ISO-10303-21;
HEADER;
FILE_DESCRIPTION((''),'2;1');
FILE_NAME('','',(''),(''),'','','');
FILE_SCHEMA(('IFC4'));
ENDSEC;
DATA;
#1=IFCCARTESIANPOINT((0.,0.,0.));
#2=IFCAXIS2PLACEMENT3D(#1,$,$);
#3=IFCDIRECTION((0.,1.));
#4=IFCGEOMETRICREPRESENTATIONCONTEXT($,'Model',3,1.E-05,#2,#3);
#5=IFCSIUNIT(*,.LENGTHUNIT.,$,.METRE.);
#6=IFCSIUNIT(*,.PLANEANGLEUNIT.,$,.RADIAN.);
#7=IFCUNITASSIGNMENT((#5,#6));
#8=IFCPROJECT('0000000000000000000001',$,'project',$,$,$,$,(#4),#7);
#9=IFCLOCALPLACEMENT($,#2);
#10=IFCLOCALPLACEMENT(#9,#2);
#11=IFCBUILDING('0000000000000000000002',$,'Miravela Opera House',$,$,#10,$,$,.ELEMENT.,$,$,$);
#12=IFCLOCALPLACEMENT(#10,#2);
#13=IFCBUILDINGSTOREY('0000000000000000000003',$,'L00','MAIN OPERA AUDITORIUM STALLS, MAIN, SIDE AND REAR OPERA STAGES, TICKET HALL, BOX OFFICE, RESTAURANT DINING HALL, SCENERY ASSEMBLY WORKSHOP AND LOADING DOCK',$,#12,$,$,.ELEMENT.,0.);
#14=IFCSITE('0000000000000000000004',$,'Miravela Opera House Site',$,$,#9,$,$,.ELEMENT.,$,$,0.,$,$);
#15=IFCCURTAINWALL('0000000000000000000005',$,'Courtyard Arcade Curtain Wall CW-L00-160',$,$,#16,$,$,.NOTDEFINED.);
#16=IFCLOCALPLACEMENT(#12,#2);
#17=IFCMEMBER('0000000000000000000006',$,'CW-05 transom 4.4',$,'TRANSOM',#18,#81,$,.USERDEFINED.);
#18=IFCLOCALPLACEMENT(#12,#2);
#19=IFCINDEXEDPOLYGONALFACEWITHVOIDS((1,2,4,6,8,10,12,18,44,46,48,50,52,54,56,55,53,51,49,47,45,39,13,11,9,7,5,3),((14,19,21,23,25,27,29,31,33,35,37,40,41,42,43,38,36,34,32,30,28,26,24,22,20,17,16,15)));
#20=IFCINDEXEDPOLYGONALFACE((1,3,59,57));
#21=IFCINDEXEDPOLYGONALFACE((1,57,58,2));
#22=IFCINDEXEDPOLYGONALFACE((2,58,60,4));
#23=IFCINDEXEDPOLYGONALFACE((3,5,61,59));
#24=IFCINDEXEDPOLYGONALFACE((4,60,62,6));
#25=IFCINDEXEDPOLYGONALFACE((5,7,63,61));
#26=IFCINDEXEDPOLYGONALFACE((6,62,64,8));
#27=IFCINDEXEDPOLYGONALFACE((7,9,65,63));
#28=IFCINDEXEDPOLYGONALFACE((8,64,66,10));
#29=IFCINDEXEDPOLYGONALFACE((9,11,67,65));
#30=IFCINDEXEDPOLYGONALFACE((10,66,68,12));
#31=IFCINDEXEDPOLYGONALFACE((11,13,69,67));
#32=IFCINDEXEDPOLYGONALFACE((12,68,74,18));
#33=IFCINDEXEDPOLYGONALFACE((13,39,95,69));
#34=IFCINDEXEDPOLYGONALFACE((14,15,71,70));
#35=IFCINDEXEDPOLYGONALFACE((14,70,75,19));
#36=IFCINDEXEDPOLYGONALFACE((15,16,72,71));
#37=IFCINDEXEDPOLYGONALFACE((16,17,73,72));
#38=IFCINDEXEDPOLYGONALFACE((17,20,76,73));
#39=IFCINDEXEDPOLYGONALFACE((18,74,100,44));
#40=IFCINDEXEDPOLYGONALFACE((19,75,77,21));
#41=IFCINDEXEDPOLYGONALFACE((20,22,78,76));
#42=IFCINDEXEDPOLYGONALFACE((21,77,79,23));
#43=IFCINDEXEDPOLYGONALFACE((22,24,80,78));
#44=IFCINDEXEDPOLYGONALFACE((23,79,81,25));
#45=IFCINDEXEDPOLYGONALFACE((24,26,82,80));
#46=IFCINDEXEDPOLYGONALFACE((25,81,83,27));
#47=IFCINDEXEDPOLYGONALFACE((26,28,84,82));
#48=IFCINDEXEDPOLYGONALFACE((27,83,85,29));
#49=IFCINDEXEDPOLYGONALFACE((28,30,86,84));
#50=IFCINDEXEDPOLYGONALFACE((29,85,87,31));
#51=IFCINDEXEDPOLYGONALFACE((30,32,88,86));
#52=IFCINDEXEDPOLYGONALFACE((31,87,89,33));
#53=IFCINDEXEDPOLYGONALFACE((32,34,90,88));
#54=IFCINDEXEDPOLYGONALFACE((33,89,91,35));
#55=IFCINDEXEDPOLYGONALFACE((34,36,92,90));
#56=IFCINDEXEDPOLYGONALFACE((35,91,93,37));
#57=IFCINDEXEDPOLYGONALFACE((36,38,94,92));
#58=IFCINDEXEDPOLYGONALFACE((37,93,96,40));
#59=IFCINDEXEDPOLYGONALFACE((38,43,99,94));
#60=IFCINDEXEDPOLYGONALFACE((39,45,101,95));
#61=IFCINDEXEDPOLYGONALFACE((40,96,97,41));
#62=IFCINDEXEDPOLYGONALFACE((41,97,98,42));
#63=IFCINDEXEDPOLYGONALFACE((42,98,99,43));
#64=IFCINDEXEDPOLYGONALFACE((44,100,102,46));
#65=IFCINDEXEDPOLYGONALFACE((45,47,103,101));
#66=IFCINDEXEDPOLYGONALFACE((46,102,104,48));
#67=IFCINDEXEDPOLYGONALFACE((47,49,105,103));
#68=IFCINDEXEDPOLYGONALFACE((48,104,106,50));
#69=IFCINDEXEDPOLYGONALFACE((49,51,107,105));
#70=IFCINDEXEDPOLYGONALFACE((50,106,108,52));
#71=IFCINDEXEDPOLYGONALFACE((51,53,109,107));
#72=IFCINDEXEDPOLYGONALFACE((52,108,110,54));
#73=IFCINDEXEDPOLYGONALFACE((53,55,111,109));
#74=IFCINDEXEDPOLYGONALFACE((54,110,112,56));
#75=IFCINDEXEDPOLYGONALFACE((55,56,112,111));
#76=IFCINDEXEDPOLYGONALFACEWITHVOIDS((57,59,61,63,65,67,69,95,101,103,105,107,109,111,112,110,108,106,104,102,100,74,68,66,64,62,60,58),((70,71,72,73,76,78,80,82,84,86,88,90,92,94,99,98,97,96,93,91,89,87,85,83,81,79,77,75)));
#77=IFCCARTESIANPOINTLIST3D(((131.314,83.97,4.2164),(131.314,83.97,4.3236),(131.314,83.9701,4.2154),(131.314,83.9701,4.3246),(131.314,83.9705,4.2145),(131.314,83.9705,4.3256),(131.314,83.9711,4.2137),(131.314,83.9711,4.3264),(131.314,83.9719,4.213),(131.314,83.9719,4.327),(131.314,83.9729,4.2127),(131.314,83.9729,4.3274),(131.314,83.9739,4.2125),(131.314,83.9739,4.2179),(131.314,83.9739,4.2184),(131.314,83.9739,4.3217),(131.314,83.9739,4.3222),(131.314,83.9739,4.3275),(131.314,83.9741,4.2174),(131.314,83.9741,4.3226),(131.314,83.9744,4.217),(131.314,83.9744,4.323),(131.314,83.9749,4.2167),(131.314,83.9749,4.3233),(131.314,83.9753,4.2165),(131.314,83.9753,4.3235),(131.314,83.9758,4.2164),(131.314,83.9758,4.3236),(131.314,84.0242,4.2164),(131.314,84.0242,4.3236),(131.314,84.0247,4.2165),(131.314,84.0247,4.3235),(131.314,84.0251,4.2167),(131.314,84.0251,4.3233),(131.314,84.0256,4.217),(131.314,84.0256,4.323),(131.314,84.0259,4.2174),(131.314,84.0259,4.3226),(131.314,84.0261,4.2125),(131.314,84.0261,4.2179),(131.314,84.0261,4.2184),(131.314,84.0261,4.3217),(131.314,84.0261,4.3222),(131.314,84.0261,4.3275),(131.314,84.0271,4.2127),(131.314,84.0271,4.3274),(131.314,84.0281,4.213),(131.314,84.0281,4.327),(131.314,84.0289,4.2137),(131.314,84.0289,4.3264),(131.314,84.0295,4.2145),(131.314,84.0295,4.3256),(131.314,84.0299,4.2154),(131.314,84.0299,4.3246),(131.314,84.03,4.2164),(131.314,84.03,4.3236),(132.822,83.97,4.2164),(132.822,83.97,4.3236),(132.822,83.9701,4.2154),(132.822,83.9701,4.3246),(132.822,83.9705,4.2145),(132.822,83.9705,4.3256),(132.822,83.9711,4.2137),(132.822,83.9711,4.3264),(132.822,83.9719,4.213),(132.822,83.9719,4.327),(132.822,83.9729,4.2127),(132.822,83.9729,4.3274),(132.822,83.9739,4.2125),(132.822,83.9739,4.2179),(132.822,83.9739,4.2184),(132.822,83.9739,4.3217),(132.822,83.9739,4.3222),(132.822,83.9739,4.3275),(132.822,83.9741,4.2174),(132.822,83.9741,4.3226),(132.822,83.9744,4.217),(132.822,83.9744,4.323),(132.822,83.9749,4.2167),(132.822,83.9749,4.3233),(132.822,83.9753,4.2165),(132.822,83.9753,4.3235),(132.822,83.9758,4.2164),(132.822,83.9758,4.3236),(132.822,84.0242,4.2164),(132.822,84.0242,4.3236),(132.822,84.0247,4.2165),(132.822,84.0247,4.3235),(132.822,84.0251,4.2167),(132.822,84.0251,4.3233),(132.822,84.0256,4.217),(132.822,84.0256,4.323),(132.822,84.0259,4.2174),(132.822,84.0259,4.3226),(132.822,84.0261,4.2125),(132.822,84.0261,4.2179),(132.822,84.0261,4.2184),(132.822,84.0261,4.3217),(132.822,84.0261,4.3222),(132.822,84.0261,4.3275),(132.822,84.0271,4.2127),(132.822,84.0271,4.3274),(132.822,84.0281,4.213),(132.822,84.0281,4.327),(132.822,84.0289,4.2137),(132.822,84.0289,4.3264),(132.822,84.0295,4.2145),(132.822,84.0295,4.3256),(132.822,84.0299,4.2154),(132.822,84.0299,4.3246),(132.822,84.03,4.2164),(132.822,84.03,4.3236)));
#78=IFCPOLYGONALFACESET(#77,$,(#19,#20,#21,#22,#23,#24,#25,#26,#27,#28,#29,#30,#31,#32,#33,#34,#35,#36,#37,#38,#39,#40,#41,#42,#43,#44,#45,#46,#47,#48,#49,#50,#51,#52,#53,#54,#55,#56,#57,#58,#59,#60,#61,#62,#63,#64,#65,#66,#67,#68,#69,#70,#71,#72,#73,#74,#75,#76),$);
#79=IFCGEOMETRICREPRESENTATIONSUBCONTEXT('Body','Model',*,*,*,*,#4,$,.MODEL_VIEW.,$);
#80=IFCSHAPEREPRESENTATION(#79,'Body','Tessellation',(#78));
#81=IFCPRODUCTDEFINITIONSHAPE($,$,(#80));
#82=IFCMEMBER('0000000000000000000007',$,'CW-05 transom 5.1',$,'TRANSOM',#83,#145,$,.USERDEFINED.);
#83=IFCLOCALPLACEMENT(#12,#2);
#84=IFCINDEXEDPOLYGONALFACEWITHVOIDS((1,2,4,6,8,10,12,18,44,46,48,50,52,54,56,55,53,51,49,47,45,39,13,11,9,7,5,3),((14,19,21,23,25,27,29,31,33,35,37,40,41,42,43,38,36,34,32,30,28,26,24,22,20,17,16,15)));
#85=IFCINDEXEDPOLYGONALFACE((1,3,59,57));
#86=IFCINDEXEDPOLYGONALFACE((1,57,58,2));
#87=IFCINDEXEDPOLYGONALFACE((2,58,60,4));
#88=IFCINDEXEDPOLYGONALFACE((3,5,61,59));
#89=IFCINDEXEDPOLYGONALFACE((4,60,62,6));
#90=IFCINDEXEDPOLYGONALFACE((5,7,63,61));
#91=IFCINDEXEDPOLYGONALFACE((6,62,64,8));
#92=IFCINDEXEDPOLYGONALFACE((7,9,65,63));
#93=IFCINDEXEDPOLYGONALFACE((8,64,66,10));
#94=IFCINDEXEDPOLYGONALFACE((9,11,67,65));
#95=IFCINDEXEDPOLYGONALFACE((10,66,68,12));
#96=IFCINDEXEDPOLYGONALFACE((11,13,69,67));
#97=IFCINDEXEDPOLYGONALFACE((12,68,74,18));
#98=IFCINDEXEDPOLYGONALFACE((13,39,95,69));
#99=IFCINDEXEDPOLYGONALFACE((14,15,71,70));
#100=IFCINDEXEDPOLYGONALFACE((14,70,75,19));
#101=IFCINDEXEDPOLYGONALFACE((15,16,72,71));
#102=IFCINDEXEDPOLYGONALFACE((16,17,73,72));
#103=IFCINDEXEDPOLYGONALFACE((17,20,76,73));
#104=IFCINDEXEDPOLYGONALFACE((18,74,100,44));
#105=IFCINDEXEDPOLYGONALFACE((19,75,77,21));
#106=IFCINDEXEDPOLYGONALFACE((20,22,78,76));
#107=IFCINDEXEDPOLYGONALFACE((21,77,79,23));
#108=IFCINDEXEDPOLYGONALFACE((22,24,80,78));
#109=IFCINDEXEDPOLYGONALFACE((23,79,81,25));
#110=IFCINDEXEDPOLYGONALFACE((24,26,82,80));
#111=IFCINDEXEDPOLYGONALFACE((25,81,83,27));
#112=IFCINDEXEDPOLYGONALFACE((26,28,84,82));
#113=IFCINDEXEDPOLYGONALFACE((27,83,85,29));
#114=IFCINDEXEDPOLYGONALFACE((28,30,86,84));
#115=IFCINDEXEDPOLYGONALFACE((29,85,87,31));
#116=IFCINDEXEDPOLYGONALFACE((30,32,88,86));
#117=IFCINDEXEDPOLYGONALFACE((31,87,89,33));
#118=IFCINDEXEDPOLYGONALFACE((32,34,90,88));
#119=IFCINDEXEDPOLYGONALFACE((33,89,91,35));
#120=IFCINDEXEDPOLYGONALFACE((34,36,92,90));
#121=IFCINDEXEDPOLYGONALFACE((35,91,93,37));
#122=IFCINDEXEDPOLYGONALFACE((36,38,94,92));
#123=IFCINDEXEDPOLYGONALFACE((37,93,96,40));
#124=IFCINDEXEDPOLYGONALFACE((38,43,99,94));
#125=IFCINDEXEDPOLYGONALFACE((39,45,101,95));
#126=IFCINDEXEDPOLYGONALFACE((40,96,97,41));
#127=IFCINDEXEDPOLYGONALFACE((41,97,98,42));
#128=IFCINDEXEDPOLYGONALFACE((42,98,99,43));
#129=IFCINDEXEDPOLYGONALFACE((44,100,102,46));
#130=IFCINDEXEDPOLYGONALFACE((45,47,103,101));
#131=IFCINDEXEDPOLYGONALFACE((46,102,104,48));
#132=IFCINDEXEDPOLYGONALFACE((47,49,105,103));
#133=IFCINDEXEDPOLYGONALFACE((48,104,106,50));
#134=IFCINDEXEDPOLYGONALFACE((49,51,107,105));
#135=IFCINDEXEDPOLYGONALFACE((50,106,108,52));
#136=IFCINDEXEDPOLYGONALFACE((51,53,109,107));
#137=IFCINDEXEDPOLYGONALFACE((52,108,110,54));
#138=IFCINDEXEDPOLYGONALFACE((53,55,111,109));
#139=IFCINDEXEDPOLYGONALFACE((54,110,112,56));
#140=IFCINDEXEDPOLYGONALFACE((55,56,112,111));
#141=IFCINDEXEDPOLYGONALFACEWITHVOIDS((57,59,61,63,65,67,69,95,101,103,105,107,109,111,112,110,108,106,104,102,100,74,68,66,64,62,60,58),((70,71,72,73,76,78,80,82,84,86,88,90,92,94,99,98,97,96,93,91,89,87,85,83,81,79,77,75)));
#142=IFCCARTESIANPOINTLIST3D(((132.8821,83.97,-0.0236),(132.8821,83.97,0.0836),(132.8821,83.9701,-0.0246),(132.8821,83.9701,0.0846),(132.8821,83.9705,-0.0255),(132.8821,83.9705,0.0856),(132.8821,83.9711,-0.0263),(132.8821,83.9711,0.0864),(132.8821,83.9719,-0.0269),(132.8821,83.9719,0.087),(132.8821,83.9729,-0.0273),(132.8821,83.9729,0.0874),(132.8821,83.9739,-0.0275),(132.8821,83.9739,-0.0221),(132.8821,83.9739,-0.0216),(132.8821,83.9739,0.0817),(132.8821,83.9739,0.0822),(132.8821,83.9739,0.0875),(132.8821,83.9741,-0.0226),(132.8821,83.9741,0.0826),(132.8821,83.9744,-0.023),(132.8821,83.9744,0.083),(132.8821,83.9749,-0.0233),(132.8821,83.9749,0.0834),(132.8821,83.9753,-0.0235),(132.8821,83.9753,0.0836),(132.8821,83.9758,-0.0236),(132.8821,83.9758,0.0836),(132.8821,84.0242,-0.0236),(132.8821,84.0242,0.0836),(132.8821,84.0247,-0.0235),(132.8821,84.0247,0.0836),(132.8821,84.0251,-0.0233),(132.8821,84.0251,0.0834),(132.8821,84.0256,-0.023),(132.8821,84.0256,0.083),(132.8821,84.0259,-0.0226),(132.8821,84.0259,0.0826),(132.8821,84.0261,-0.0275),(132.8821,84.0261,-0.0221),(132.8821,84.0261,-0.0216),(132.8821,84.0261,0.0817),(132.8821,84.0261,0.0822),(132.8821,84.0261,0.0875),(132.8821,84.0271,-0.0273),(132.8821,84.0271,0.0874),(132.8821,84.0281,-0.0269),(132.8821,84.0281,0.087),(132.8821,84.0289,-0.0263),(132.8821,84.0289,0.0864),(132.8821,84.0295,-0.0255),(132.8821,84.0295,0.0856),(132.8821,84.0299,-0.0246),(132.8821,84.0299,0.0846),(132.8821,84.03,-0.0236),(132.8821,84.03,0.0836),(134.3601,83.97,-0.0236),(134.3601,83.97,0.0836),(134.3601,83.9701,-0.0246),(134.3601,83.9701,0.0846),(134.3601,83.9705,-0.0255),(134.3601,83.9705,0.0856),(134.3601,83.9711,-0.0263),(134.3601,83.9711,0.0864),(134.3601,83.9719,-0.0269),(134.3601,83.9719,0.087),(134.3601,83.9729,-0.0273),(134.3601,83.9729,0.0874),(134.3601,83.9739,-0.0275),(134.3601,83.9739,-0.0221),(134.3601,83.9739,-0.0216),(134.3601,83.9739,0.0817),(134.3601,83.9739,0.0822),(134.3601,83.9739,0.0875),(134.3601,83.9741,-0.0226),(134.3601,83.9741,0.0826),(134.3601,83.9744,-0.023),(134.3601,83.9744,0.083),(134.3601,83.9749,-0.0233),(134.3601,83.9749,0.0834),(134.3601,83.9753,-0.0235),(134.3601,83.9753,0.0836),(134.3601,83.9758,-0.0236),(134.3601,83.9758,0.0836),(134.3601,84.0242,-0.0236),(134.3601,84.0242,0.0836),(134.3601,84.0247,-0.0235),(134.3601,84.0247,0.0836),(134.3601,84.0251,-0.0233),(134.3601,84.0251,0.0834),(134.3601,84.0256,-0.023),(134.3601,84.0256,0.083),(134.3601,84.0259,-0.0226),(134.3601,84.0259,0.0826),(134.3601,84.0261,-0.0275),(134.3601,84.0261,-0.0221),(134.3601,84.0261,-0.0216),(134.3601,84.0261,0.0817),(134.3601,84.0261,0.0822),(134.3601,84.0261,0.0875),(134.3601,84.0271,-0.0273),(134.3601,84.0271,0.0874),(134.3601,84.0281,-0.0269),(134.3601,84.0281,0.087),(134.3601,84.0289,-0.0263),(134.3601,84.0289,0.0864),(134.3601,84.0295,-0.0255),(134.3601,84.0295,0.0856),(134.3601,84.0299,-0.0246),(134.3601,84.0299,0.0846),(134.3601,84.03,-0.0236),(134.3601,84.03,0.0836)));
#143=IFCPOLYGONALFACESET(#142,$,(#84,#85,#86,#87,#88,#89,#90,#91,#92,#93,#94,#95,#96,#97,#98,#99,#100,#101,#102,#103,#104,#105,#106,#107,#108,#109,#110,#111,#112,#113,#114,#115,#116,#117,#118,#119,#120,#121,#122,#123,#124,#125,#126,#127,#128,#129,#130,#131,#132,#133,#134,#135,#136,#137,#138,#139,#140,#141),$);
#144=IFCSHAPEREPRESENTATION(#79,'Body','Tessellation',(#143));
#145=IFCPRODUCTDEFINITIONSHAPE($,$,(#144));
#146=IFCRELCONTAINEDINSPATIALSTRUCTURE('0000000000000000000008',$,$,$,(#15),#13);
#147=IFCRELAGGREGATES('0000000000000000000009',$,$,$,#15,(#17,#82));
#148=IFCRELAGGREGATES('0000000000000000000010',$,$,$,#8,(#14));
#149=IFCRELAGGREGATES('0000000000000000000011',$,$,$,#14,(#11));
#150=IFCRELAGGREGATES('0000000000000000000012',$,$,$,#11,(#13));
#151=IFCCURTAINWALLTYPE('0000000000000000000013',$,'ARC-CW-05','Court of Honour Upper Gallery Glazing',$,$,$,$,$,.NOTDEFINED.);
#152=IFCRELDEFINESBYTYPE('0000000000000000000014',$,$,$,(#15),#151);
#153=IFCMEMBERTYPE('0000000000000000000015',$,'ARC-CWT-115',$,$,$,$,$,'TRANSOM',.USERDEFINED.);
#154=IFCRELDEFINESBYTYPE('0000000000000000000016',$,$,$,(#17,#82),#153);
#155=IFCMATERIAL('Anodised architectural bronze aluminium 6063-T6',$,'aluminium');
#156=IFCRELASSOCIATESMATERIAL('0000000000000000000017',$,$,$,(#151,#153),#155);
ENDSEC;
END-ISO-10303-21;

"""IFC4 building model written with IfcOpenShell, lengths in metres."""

from ifc_helpers import new_model, si_unit, direction, frame, origin, origin_2d, place, context, subcontext, project, spatial, hollow_rectangle, extrude, material, material_profile, profile_set, type_object, element, aggregate, save


model = new_model("IFC4")

# Units and contexts
model_context = context("Model", 3, precision=1e-05, world=origin(), true_north=direction((0.0, 1.0)))
body_context = subcontext(model_context, "Body", "Model", "MODEL_VIEW")
ifc_project = project(units=[si_unit("LENGTHUNIT", "METRE"), si_unit("PLANEANGLEUNIT", "RADIAN")], contexts=[model_context])

# Site, building, storey
site_placement = place(None, origin())
site = spatial("IfcSite", under=ifc_project, at=site_placement, Name="Miravela Opera House Site", CompositionType="ELEMENT", RefElevation=0.0)
building_placement = place(site_placement, origin())
building = spatial("IfcBuilding", under=site, at=building_placement, Name="Miravela Opera House", CompositionType="ELEMENT")
storey_placement = place(building_placement, origin())
storey = spatial("IfcBuildingStorey", under=building, at=storey_placement, Name="L00", Description="MAIN OPERA AUDITORIUM STALLS, MAIN, SIDE AND REAR OPERA STAGES, TICKET HALL, BOX OFFICE, RESTAURANT DINING HALL, SCENERY ASSEMBLY WORKSHOP AND LOADING DOCK", CompositionType="ELEMENT", Elevation=0.0)

# Curtain wall, members
ifc_material_1 = material(Name="Anodised architectural bronze aluminium 6063-T6", Category="aluminium")
curtain_wall_type = type_object("IfcCurtainWallType", Name="ARC-CW-05", Description="Court of Honour Upper Gallery Glazing", PredefinedType="NOTDEFINED", material=ifc_material_1)
curtain_wall_placement = place(storey_placement, origin())
curtain_wall = element("IfcCurtainWall", 1, at=curtain_wall_placement, inside=storey, type_object=curtain_wall_type, Name="Courtyard Arcade Curtain Wall CW-L00-160", PredefinedType="NOTDEFINED")
ifc_material_profile_1 = material_profile(ifc_material_1, hollow_rectangle(XDim=0.0601, YDim=0.115, WallThickness=0.0039, InnerFilletRadius=0.002, OuterFilletRadius=0.0039, at=origin_2d()), Name="CWT-60X115")
ifc_profile_set_1 = profile_set([ifc_material_profile_1])
member_type_1 = type_object("IfcMemberType", Name="ARC-CWT-115", ElementType="TRANSOM", PredefinedType="USERDEFINED", material=ifc_profile_set_1)
member_1_placement = place(storey_placement, frame((131.314, 84.0, 4.27), z_axis=(1.0, 0.0, 0.0), x_axis=(0.0, 1.0, 0.0)))
member_1 = element("IfcMember", 2, at=member_1_placement, type_object=member_type_1, Name="CW-05 transom 4.4", ObjectType="TRANSOM", PredefinedType="USERDEFINED", context=body_context, shape_type="SweptSolid", body=[
    extrude(hollow_rectangle(XDim=0.0601, YDim=0.115, WallThickness=0.0039, InnerFilletRadius=0.002, OuterFilletRadius=0.0039, at=origin_2d()), origin(), (0.0, 0.0, 1.0), 1.5081),
])
member_2_placement = place(storey_placement, frame((132.8821, 84.0, 0.03), z_axis=(1.0, 0.0, 0.0), x_axis=(0.0, 1.0, 0.0)))
member_2 = element("IfcMember", 3, at=member_2_placement, type_object=member_type_1, Name="CW-05 transom 5.1", ObjectType="TRANSOM", PredefinedType="USERDEFINED", context=body_context, shape_type="SweptSolid", body=[
    extrude(hollow_rectangle(XDim=0.0601, YDim=0.115, WallThickness=0.0039, InnerFilletRadius=0.002, OuterFilletRadius=0.0039, at=origin_2d()), origin(), (0.0, 0.0, 1.0), 1.478),
])
aggregate(curtain_wall, [member_1, member_2])

save(model, "model.ifc")
